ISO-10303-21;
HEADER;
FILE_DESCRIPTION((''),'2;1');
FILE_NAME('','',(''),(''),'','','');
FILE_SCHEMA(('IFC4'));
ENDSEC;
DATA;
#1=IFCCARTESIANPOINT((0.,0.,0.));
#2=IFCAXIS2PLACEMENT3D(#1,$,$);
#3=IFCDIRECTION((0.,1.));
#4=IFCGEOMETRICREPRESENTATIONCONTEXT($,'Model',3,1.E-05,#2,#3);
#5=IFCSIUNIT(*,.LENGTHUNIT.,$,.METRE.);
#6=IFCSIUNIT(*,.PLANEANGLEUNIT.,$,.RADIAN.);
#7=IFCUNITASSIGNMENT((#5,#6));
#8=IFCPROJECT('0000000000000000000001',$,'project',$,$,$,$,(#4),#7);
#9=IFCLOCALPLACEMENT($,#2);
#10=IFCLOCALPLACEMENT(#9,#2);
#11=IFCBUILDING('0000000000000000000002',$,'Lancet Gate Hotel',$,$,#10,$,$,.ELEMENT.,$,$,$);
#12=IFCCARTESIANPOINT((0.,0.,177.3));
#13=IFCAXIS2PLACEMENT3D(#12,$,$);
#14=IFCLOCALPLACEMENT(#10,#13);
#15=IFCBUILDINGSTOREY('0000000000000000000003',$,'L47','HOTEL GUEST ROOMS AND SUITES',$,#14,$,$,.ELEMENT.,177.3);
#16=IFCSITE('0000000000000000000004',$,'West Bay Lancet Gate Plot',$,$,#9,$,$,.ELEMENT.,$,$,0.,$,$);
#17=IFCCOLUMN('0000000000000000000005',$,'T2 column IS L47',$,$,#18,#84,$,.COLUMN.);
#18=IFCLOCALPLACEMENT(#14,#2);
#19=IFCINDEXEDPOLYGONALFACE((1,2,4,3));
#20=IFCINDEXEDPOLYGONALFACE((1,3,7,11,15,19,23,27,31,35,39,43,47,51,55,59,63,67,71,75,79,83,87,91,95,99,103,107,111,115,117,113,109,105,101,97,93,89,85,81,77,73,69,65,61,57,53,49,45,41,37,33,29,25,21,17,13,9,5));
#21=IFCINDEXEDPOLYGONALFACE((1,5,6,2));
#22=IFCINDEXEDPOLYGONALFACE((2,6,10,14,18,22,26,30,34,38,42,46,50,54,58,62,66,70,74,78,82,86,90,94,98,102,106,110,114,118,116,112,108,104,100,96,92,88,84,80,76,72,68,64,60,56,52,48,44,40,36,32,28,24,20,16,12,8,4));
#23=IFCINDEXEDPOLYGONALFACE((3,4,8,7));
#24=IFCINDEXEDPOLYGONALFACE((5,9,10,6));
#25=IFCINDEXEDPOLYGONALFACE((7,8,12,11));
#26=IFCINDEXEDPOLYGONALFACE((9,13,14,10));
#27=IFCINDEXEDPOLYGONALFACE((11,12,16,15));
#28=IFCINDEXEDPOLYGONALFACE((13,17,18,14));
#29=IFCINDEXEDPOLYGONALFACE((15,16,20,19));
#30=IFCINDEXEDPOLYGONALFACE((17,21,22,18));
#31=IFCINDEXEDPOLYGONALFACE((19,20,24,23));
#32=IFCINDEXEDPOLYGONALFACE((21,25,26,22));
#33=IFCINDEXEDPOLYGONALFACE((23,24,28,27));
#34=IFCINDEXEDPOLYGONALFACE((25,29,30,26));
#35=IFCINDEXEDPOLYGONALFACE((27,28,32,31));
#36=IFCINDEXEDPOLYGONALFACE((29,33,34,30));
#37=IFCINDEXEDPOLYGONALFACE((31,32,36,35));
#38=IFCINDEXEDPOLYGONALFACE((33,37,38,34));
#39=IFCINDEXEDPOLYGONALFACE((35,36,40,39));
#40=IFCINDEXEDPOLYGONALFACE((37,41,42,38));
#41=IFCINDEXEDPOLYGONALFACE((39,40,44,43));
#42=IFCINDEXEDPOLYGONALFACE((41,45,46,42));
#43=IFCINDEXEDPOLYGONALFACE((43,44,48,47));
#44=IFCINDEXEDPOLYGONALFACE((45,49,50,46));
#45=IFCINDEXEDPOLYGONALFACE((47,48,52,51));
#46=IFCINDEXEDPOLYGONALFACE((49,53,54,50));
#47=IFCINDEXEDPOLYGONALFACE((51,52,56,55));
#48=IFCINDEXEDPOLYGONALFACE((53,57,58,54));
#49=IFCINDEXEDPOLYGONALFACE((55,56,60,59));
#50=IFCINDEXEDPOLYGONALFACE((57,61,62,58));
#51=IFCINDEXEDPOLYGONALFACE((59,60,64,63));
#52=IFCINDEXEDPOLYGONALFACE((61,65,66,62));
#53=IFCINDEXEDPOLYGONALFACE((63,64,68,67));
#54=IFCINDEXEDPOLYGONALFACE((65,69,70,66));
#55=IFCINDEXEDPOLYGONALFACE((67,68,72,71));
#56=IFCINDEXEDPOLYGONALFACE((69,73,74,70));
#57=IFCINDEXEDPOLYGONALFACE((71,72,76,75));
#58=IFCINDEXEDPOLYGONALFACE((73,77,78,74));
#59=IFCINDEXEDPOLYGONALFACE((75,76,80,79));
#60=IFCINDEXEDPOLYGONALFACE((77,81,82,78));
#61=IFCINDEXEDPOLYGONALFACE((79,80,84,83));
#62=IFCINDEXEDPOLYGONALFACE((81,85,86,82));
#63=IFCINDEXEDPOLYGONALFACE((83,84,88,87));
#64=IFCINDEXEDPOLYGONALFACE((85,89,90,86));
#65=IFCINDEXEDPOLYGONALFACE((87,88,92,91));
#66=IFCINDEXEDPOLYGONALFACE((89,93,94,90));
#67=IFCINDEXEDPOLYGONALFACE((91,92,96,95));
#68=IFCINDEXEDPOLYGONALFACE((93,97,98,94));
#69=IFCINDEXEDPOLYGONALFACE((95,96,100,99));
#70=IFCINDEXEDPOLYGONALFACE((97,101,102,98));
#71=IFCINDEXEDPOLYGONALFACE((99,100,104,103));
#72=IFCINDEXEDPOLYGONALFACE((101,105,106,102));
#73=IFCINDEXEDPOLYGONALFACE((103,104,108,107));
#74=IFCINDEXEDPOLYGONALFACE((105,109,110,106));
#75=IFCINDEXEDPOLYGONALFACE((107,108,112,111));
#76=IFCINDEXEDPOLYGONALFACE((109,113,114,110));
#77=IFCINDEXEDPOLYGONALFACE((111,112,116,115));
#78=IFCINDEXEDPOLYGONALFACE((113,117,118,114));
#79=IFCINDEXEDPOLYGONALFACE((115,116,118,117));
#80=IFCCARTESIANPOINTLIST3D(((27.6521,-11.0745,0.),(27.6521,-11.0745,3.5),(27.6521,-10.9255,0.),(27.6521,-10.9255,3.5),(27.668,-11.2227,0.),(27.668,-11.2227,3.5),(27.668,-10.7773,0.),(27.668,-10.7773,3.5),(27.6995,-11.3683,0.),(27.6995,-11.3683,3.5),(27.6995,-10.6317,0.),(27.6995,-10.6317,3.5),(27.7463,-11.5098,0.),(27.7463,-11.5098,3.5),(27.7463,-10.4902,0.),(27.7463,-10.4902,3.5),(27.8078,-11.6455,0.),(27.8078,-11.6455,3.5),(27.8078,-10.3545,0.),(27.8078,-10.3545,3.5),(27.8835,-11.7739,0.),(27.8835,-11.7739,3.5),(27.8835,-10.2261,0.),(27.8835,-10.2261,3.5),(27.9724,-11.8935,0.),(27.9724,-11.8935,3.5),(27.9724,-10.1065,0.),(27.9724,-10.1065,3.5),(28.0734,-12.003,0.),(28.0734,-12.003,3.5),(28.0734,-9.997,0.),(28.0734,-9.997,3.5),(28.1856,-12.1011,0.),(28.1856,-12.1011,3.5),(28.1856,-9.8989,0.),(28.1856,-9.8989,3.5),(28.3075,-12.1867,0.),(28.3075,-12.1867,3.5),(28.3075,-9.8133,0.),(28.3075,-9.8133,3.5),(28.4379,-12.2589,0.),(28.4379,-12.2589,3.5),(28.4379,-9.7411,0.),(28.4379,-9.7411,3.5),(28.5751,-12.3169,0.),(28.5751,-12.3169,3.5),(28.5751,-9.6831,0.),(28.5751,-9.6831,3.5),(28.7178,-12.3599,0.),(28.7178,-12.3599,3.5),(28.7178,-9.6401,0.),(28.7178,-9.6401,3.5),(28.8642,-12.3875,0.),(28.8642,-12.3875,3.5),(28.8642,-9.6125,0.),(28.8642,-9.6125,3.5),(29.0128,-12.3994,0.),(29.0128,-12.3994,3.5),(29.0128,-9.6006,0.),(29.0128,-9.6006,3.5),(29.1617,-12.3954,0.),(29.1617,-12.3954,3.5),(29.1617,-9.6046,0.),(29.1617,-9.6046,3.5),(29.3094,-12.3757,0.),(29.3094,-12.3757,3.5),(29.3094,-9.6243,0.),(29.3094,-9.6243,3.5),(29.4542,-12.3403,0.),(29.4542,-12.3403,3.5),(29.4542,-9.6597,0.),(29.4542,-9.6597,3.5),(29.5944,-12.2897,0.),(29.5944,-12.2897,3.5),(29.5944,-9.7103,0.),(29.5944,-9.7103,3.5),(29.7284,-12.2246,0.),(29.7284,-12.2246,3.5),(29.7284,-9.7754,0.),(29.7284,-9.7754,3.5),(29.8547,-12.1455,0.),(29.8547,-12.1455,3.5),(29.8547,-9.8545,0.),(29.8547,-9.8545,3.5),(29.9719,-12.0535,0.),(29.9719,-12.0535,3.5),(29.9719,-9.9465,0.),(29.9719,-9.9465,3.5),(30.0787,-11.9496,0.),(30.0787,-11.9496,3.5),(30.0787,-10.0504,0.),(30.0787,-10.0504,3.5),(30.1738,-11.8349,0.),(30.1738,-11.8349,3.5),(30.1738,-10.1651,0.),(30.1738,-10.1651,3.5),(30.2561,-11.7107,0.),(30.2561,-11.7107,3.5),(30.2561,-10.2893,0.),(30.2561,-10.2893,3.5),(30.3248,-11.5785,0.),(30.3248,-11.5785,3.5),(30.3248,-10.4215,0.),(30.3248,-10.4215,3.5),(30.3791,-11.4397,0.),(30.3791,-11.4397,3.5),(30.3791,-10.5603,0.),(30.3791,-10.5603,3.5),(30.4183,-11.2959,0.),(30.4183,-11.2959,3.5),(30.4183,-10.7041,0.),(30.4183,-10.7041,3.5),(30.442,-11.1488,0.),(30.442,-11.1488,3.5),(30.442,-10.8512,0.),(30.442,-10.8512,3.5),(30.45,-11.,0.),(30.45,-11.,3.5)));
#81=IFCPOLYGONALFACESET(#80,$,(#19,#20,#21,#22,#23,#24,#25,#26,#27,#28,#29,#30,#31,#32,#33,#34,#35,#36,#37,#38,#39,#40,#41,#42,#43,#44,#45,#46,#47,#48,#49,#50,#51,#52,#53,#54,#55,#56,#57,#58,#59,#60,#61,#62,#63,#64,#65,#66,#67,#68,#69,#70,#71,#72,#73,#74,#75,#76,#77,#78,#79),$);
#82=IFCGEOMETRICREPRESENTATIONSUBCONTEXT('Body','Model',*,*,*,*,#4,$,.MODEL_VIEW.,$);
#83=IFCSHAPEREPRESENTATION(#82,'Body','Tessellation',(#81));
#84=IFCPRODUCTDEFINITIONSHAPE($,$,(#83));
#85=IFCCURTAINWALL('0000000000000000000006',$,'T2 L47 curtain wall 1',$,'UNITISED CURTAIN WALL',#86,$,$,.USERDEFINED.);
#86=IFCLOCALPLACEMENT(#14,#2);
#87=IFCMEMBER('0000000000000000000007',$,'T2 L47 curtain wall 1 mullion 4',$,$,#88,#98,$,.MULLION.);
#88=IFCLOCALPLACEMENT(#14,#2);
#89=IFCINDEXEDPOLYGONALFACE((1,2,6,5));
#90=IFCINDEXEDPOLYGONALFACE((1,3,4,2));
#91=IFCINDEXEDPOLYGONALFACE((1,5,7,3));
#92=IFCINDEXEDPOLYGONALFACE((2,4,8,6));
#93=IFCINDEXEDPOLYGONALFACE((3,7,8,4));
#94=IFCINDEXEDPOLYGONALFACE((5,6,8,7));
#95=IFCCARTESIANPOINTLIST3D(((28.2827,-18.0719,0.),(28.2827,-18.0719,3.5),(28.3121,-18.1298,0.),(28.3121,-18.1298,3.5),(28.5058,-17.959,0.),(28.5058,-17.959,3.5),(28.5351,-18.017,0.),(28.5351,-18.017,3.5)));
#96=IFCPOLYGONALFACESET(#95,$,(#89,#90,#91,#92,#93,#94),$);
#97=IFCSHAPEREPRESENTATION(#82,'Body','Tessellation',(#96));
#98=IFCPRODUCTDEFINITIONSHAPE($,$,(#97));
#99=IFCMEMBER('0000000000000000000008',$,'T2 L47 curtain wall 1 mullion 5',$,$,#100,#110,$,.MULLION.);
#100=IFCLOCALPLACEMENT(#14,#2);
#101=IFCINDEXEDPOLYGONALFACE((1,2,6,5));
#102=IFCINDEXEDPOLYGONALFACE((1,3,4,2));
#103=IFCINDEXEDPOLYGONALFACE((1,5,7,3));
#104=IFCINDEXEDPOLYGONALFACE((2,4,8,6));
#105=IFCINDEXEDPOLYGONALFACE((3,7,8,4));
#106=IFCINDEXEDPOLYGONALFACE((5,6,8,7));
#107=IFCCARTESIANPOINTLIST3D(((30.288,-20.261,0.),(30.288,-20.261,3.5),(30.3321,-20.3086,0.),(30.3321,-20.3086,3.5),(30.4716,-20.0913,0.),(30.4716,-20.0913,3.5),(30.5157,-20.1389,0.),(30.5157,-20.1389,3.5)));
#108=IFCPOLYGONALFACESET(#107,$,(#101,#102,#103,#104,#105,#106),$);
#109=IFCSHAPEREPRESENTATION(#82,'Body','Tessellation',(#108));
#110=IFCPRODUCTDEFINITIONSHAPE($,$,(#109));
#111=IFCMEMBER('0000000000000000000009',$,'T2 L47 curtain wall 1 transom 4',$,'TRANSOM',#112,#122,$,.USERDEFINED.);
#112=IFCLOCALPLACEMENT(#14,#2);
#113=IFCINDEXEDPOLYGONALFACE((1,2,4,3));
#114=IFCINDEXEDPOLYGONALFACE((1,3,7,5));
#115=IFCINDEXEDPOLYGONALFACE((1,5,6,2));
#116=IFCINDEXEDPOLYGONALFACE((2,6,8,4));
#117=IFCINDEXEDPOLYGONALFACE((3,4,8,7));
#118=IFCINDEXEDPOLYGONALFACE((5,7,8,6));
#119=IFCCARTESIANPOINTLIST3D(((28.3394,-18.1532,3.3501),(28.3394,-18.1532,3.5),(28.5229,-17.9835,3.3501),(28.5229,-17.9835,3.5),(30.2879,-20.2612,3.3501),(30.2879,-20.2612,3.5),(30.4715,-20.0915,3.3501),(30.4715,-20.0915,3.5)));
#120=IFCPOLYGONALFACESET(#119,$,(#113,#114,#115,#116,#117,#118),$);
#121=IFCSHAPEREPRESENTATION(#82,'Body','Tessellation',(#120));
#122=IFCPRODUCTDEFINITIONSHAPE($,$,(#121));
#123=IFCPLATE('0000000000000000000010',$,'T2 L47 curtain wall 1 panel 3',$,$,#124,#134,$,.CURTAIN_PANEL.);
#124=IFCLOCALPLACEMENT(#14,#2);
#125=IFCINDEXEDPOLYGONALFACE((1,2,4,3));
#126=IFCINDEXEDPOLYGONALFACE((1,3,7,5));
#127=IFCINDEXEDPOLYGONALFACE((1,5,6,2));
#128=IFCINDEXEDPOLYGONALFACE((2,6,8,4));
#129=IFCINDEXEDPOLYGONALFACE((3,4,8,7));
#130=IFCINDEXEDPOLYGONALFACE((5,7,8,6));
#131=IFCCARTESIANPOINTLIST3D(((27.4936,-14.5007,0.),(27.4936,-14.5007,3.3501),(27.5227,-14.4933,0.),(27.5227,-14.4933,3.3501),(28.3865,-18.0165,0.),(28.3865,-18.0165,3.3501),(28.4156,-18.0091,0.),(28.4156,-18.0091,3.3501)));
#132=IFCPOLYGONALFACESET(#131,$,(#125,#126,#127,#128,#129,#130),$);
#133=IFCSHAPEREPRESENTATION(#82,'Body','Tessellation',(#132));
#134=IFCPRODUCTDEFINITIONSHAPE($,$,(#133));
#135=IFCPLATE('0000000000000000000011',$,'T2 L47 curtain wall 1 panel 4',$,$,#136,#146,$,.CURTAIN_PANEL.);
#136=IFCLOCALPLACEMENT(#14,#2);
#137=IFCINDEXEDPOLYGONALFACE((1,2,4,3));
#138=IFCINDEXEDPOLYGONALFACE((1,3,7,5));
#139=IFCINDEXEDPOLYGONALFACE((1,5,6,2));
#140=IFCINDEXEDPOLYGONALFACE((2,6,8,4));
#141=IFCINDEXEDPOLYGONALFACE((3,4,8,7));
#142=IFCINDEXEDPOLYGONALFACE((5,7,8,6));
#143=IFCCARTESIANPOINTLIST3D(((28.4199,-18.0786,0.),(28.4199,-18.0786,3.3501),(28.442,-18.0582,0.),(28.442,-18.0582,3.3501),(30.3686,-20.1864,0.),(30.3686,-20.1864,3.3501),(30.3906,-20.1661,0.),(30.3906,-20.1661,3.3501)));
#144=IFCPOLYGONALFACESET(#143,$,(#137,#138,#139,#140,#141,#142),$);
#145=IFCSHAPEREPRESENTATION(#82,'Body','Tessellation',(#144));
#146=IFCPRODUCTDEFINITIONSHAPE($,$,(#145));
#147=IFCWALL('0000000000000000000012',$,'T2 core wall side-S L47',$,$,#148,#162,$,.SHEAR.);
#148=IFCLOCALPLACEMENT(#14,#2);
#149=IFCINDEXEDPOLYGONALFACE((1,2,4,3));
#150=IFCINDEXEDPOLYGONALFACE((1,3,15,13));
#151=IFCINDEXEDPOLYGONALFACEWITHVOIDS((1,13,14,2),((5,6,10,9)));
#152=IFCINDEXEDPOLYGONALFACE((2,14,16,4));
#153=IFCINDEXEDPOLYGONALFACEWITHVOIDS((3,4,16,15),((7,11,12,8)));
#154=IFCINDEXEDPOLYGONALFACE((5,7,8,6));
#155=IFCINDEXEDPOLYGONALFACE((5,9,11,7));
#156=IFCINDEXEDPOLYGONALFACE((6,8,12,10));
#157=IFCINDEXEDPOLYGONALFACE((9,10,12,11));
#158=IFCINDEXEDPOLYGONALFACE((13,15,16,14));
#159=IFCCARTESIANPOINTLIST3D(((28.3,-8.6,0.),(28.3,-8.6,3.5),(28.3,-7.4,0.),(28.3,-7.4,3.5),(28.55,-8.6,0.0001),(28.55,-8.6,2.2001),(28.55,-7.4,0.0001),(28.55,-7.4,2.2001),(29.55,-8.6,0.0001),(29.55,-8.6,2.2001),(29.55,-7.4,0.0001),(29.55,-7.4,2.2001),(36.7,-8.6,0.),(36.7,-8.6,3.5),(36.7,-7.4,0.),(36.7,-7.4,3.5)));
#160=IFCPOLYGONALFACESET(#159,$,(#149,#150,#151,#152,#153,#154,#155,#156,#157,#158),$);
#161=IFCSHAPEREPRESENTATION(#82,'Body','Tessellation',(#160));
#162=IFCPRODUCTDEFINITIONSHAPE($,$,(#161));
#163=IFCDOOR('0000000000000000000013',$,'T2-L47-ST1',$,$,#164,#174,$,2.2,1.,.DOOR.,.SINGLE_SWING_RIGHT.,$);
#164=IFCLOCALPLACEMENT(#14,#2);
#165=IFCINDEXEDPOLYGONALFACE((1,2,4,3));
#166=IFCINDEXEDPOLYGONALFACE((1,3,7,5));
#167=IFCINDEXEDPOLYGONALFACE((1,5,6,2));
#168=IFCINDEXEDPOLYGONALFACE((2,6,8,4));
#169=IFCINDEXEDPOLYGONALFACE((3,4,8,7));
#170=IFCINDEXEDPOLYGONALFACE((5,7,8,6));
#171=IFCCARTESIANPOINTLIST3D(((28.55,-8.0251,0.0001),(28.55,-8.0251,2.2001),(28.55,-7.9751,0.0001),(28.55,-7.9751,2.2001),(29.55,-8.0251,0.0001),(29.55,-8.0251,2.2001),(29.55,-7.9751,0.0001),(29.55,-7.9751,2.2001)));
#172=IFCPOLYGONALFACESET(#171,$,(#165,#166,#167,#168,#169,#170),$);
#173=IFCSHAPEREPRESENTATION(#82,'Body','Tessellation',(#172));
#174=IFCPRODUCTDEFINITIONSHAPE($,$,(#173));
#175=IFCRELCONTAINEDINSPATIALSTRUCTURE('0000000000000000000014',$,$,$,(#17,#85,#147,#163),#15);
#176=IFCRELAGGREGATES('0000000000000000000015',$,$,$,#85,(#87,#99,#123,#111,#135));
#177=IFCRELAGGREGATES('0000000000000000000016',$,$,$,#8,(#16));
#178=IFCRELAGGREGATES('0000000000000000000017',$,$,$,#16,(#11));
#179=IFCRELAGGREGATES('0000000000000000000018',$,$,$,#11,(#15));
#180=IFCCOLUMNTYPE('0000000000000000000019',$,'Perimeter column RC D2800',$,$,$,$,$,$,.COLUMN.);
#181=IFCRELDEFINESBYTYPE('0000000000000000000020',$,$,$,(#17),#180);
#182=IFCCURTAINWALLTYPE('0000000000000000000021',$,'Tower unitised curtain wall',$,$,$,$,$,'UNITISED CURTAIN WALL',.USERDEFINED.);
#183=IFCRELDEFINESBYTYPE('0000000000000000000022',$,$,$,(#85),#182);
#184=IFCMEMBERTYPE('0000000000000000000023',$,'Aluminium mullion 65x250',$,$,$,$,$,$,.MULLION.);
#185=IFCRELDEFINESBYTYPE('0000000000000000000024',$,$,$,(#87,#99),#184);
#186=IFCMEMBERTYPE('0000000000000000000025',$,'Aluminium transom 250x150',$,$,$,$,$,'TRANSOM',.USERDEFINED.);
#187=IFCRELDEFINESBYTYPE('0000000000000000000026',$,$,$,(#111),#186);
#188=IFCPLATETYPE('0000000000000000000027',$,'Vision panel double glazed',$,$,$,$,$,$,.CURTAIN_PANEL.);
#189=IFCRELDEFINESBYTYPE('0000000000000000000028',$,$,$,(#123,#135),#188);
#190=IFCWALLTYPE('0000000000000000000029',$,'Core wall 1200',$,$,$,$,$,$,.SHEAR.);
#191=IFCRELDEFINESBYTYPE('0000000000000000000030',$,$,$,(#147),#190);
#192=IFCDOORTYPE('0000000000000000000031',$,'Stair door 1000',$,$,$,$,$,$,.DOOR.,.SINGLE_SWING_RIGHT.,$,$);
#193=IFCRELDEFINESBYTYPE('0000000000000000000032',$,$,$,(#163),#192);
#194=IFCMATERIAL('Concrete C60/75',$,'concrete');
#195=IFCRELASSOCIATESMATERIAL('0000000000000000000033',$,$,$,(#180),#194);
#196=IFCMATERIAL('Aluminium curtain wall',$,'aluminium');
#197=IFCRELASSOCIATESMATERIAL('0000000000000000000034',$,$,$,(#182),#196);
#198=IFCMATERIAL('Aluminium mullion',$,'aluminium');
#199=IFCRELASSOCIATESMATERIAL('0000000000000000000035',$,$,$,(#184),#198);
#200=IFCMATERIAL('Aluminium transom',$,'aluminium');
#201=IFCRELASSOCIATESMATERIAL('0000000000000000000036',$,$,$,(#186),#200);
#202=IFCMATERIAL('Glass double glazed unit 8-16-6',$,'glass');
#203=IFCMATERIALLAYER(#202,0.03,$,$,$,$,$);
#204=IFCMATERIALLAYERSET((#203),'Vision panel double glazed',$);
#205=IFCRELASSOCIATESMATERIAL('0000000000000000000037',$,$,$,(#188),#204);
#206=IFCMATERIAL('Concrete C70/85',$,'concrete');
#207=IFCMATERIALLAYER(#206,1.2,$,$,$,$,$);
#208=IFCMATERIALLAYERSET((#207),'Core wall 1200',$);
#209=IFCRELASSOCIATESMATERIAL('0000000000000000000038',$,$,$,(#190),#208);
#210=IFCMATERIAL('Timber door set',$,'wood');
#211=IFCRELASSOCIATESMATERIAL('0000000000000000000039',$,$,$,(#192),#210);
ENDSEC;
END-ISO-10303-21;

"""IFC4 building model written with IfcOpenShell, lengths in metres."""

from ifc_helpers import new_model, si_unit, direction, frame, frame_2d, origin, origin_2d, place, context, subcontext, project, spatial, rectangle, circle, extrude, material, layer, layer_set, material_profile, profile_set, type_object, element, fill, aggregate, save


model = new_model("IFC4")

# Units and contexts
model_context = context("Model", 3, precision=1e-05, world=origin(), true_north=direction((0.0, 1.0)))
body_context = subcontext(model_context, "Body", "Model", "MODEL_VIEW")
ifc_project = project(units=[si_unit("LENGTHUNIT", "METRE"), si_unit("PLANEANGLEUNIT", "RADIAN")], contexts=[model_context])

# Site, building, storey
site_placement = place(None, origin())
site = spatial("IfcSite", under=ifc_project, at=site_placement, Name="West Bay Lancet Gate Plot", CompositionType="ELEMENT", RefElevation=0.0)
building_placement = place(site_placement, origin())
building = spatial("IfcBuilding", under=site, at=building_placement, Name="Lancet Gate Hotel", CompositionType="ELEMENT")
storey_placement = place(building_placement, frame((0.0, 0.0, 177.3)))
storey = spatial("IfcBuildingStorey", under=building, at=storey_placement, Name="L47", Description="HOTEL GUEST ROOMS AND SUITES", CompositionType="ELEMENT", Elevation=177.3)

# Column
ifc_material_1 = material(Name="Concrete C60/75", Category="concrete")
ifc_material_profile_1 = material_profile(ifc_material_1, circle(Radius=1.3999, at=origin_2d()), Name="RC D2800")
ifc_profile_set_1 = profile_set([ifc_material_profile_1], Name="Concrete C60/75")
column_type = type_object("IfcColumnType", Name="Perimeter column RC D2800", PredefinedType="COLUMN", material=ifc_profile_set_1)
column_placement = place(storey_placement, frame((29.05, -11.0, 0.0), z_axis=(0.0, 0.0, 1.0), x_axis=(1.0, 0.0, 0.0)))
element("IfcColumn", 1, at=column_placement, inside=storey, type_object=column_type, Name="T2 column IS L47", PredefinedType="COLUMN", context=body_context, shape_type="SweptSolid", body=[
    extrude(circle(Radius=1.3999, at=origin_2d()), origin(), (0.0, 0.0, 1.0), 3.5),
])

# Curtain wall, members, plates
ifc_material_2 = material(Name="Aluminium curtain wall", Category="aluminium")
curtain_wall_type = type_object("IfcCurtainWallType", Name="Tower unitised curtain wall", ElementType="UNITISED CURTAIN WALL", PredefinedType="USERDEFINED", material=ifc_material_2)
curtain_wall_placement = place(storey_placement, origin())
curtain_wall = element("IfcCurtainWall", 2, at=curtain_wall_placement, inside=storey, type_object=curtain_wall_type, Name="T2 L47 curtain wall 1", ObjectType="UNITISED CURTAIN WALL", PredefinedType="USERDEFINED")
ifc_material_3 = material(Name="Aluminium mullion", Category="aluminium")
ifc_material_profile_2 = material_profile(ifc_material_3, rectangle(XDim=0.0649, YDim=0.25, at=origin_2d()), Name="MULLION 65x250")
ifc_profile_set_2 = profile_set([ifc_material_profile_2], Name="Aluminium mullion")
member_type_1 = type_object("IfcMemberType", Name="Aluminium mullion 65x250", PredefinedType="MULLION", material=ifc_profile_set_2)
member_1_placement = place(storey_placement, frame((28.4089, -18.0444, 0.0), z_axis=(0.0, 0.0, 1.0), x_axis=(0.451506, -0.892268, 0.0)))
member_1 = element("IfcMember", 3, at=member_1_placement, type_object=member_type_1, Name="T2 L47 curtain wall 1 mullion 4", PredefinedType="MULLION", context=body_context, shape_type="SweptSolid", body=[
    extrude(rectangle(XDim=0.0649, YDim=0.25, at=origin_2d()), origin(), (0.0, 0.0, 1.0), 3.5),
])
member_2_placement = place(storey_placement, frame((30.4019, -20.2, 0.0), z_axis=(0.0, 0.0, 1.0), x_axis=(0.678831, -0.734294, 0.0)))
member_2 = element("IfcMember", 4, at=member_2_placement, type_object=member_type_1, Name="T2 L47 curtain wall 1 mullion 5", PredefinedType="MULLION", context=body_context, shape_type="SweptSolid", body=[
    extrude(rectangle(XDim=0.0649, YDim=0.25, at=origin_2d()), origin(), (0.0, 0.0, 1.0), 3.5),
])
ifc_material_4 = material(Name="Aluminium transom", Category="aluminium")
ifc_material_profile_3 = material_profile(ifc_material_4, rectangle(XDim=0.25, YDim=0.1499, at=origin_2d()), Name="TRANSOM 250x150")
ifc_profile_set_3 = profile_set([ifc_material_profile_3], Name="Aluminium transom")
member_type_2 = type_object("IfcMemberType", Name="Aluminium transom 250x150", ElementType="TRANSOM", PredefinedType="USERDEFINED", material=ifc_profile_set_3)
member_3_placement = place(storey_placement, frame((28.4312, -18.0684, 3.425), z_axis=(0.678792, -0.73433, 0.0), x_axis=(0.73433, 0.678792, 0.0)))
member_3 = element("IfcMember", 5, at=member_3_placement, type_object=member_type_2, Name="T2 L47 curtain wall 1 transom 4", ObjectType="TRANSOM", PredefinedType="USERDEFINED", context=body_context, shape_type="SweptSolid", body=[
    extrude(rectangle(XDim=0.25, YDim=0.1499, at=origin_2d()), origin(), (0.0, 0.0, 1.0), 2.8706),
])
ifc_material_5 = material(Name="Glass double glazed unit 8-16-6", Category="glass")
ifc_layer_1 = layer(ifc_material_5, 0.03)
ifc_layer_set_1 = layer_set([ifc_layer_1], Name="Vision panel double glazed")
plate_type = type_object("IfcPlateType", Name="Vision panel double glazed", PredefinedType="CURTAIN_PANEL", material=ifc_layer_set_1)
plate_1_placement = place(storey_placement, frame((27.9546, -16.2549, 0.0), z_axis=(0.0, 0.0, 1.0), x_axis=(0.246167, -0.969228, 0.0)))
plate_1 = element("IfcPlate", 6, at=plate_1_placement, type_object=plate_type, Name="T2 L47 curtain wall 1 panel 3", PredefinedType="CURTAIN_PANEL", context=body_context, shape_type="SweptSolid", body=[
    extrude(rectangle(XDim=3.6274, YDim=0.03, at=origin_2d()), origin(), (0.0, 0.0, 1.0), 3.3501),
])
plate_2_placement = place(storey_placement, frame((29.4053, -19.1223, 0.0), z_axis=(0.0, 0.0, 1.0), x_axis=(0.678831, -0.734294, 0.0)))
plate_2 = element("IfcPlate", 7, at=plate_2_placement, type_object=plate_type, Name="T2 L47 curtain wall 1 panel 4", PredefinedType="CURTAIN_PANEL", context=body_context, shape_type="SweptSolid", body=[
    extrude(rectangle(XDim=2.8706, YDim=0.03, at=origin_2d()), origin(), (0.0, 0.0, 1.0), 3.3501),
])
aggregate(curtain_wall, [member_1, member_2, plate_1, member_3, plate_2])

# Wall, opening, door
ifc_material_6 = material(Name="Concrete C70/85", Category="concrete")
ifc_layer_2 = layer(ifc_material_6, 1.2)
ifc_layer_set_2 = layer_set([ifc_layer_2], Name="Core wall 1200")
wall_type_1 = type_object("IfcWallType", Name="Core wall 1200", PredefinedType="SHEAR", material=ifc_layer_set_2)
wall_1_placement = place(storey_placement, frame((28.3, -8.0, 0.0), z_axis=(0.0, 0.0, 1.0), x_axis=(1.0, 0.0, 0.0)))
wall_1 = element("IfcWall", 8, at=wall_1_placement, inside=storey, type_object=wall_type_1, Name="T2 core wall side-S L47", PredefinedType="SHEAR", context=body_context, shape_type="SweptSolid", body=[
    extrude(rectangle(XDim=8.3999, YDim=1.2, at=frame_2d((4.2, 0.0))), origin(), (0.0, 0.0, 1.0), 3.5),
])
opening_1_placement = place(wall_1_placement, frame((0.25, 0.0, 0.0)))
opening_1 = element("IfcOpeningElement", 9, at=opening_1_placement, cuts=wall_1, PredefinedType="OPENING", context=body_context, shape_type="SweptSolid", body=[
    extrude(rectangle(XDim=1.0, YDim=2.2, at=frame_2d((0.5, 1.1001))), frame((0.0, 0.6099, 0.0), z_axis=(0.0, -1.0, 0.0), x_axis=(1.0, 0.0, 0.0)), (0.0, 0.0, 1.0), 1.22),
])
ifc_material_7 = material(Name="Timber door set", Category="wood")
door_type_1 = type_object("IfcDoorType", Name="Stair door 1000", OperationType="SINGLE_SWING_RIGHT", PredefinedType="DOOR", material=ifc_material_7)
door_1_placement = place(opening_1_placement, origin())
door_1 = element("IfcDoor", 10, at=door_1_placement, inside=storey, type_object=door_type_1, Name="T2-L47-ST1", OperationType="SINGLE_SWING_RIGHT", OverallHeight=2.2, OverallWidth=1.0, PredefinedType="DOOR", context=body_context, shape_type="SweptSolid", body=[
    extrude(rectangle(XDim=1.0, YDim=2.2, at=frame_2d((0.5, 1.1001))), frame((0.0, 0.0249, 0.0), z_axis=(0.0, -1.0, 0.0), x_axis=(1.0, 0.0, 0.0)), (0.0, 0.0, 1.0), 0.05),
])
fill(opening_1, door_1)

save(model, "model.ifc")
